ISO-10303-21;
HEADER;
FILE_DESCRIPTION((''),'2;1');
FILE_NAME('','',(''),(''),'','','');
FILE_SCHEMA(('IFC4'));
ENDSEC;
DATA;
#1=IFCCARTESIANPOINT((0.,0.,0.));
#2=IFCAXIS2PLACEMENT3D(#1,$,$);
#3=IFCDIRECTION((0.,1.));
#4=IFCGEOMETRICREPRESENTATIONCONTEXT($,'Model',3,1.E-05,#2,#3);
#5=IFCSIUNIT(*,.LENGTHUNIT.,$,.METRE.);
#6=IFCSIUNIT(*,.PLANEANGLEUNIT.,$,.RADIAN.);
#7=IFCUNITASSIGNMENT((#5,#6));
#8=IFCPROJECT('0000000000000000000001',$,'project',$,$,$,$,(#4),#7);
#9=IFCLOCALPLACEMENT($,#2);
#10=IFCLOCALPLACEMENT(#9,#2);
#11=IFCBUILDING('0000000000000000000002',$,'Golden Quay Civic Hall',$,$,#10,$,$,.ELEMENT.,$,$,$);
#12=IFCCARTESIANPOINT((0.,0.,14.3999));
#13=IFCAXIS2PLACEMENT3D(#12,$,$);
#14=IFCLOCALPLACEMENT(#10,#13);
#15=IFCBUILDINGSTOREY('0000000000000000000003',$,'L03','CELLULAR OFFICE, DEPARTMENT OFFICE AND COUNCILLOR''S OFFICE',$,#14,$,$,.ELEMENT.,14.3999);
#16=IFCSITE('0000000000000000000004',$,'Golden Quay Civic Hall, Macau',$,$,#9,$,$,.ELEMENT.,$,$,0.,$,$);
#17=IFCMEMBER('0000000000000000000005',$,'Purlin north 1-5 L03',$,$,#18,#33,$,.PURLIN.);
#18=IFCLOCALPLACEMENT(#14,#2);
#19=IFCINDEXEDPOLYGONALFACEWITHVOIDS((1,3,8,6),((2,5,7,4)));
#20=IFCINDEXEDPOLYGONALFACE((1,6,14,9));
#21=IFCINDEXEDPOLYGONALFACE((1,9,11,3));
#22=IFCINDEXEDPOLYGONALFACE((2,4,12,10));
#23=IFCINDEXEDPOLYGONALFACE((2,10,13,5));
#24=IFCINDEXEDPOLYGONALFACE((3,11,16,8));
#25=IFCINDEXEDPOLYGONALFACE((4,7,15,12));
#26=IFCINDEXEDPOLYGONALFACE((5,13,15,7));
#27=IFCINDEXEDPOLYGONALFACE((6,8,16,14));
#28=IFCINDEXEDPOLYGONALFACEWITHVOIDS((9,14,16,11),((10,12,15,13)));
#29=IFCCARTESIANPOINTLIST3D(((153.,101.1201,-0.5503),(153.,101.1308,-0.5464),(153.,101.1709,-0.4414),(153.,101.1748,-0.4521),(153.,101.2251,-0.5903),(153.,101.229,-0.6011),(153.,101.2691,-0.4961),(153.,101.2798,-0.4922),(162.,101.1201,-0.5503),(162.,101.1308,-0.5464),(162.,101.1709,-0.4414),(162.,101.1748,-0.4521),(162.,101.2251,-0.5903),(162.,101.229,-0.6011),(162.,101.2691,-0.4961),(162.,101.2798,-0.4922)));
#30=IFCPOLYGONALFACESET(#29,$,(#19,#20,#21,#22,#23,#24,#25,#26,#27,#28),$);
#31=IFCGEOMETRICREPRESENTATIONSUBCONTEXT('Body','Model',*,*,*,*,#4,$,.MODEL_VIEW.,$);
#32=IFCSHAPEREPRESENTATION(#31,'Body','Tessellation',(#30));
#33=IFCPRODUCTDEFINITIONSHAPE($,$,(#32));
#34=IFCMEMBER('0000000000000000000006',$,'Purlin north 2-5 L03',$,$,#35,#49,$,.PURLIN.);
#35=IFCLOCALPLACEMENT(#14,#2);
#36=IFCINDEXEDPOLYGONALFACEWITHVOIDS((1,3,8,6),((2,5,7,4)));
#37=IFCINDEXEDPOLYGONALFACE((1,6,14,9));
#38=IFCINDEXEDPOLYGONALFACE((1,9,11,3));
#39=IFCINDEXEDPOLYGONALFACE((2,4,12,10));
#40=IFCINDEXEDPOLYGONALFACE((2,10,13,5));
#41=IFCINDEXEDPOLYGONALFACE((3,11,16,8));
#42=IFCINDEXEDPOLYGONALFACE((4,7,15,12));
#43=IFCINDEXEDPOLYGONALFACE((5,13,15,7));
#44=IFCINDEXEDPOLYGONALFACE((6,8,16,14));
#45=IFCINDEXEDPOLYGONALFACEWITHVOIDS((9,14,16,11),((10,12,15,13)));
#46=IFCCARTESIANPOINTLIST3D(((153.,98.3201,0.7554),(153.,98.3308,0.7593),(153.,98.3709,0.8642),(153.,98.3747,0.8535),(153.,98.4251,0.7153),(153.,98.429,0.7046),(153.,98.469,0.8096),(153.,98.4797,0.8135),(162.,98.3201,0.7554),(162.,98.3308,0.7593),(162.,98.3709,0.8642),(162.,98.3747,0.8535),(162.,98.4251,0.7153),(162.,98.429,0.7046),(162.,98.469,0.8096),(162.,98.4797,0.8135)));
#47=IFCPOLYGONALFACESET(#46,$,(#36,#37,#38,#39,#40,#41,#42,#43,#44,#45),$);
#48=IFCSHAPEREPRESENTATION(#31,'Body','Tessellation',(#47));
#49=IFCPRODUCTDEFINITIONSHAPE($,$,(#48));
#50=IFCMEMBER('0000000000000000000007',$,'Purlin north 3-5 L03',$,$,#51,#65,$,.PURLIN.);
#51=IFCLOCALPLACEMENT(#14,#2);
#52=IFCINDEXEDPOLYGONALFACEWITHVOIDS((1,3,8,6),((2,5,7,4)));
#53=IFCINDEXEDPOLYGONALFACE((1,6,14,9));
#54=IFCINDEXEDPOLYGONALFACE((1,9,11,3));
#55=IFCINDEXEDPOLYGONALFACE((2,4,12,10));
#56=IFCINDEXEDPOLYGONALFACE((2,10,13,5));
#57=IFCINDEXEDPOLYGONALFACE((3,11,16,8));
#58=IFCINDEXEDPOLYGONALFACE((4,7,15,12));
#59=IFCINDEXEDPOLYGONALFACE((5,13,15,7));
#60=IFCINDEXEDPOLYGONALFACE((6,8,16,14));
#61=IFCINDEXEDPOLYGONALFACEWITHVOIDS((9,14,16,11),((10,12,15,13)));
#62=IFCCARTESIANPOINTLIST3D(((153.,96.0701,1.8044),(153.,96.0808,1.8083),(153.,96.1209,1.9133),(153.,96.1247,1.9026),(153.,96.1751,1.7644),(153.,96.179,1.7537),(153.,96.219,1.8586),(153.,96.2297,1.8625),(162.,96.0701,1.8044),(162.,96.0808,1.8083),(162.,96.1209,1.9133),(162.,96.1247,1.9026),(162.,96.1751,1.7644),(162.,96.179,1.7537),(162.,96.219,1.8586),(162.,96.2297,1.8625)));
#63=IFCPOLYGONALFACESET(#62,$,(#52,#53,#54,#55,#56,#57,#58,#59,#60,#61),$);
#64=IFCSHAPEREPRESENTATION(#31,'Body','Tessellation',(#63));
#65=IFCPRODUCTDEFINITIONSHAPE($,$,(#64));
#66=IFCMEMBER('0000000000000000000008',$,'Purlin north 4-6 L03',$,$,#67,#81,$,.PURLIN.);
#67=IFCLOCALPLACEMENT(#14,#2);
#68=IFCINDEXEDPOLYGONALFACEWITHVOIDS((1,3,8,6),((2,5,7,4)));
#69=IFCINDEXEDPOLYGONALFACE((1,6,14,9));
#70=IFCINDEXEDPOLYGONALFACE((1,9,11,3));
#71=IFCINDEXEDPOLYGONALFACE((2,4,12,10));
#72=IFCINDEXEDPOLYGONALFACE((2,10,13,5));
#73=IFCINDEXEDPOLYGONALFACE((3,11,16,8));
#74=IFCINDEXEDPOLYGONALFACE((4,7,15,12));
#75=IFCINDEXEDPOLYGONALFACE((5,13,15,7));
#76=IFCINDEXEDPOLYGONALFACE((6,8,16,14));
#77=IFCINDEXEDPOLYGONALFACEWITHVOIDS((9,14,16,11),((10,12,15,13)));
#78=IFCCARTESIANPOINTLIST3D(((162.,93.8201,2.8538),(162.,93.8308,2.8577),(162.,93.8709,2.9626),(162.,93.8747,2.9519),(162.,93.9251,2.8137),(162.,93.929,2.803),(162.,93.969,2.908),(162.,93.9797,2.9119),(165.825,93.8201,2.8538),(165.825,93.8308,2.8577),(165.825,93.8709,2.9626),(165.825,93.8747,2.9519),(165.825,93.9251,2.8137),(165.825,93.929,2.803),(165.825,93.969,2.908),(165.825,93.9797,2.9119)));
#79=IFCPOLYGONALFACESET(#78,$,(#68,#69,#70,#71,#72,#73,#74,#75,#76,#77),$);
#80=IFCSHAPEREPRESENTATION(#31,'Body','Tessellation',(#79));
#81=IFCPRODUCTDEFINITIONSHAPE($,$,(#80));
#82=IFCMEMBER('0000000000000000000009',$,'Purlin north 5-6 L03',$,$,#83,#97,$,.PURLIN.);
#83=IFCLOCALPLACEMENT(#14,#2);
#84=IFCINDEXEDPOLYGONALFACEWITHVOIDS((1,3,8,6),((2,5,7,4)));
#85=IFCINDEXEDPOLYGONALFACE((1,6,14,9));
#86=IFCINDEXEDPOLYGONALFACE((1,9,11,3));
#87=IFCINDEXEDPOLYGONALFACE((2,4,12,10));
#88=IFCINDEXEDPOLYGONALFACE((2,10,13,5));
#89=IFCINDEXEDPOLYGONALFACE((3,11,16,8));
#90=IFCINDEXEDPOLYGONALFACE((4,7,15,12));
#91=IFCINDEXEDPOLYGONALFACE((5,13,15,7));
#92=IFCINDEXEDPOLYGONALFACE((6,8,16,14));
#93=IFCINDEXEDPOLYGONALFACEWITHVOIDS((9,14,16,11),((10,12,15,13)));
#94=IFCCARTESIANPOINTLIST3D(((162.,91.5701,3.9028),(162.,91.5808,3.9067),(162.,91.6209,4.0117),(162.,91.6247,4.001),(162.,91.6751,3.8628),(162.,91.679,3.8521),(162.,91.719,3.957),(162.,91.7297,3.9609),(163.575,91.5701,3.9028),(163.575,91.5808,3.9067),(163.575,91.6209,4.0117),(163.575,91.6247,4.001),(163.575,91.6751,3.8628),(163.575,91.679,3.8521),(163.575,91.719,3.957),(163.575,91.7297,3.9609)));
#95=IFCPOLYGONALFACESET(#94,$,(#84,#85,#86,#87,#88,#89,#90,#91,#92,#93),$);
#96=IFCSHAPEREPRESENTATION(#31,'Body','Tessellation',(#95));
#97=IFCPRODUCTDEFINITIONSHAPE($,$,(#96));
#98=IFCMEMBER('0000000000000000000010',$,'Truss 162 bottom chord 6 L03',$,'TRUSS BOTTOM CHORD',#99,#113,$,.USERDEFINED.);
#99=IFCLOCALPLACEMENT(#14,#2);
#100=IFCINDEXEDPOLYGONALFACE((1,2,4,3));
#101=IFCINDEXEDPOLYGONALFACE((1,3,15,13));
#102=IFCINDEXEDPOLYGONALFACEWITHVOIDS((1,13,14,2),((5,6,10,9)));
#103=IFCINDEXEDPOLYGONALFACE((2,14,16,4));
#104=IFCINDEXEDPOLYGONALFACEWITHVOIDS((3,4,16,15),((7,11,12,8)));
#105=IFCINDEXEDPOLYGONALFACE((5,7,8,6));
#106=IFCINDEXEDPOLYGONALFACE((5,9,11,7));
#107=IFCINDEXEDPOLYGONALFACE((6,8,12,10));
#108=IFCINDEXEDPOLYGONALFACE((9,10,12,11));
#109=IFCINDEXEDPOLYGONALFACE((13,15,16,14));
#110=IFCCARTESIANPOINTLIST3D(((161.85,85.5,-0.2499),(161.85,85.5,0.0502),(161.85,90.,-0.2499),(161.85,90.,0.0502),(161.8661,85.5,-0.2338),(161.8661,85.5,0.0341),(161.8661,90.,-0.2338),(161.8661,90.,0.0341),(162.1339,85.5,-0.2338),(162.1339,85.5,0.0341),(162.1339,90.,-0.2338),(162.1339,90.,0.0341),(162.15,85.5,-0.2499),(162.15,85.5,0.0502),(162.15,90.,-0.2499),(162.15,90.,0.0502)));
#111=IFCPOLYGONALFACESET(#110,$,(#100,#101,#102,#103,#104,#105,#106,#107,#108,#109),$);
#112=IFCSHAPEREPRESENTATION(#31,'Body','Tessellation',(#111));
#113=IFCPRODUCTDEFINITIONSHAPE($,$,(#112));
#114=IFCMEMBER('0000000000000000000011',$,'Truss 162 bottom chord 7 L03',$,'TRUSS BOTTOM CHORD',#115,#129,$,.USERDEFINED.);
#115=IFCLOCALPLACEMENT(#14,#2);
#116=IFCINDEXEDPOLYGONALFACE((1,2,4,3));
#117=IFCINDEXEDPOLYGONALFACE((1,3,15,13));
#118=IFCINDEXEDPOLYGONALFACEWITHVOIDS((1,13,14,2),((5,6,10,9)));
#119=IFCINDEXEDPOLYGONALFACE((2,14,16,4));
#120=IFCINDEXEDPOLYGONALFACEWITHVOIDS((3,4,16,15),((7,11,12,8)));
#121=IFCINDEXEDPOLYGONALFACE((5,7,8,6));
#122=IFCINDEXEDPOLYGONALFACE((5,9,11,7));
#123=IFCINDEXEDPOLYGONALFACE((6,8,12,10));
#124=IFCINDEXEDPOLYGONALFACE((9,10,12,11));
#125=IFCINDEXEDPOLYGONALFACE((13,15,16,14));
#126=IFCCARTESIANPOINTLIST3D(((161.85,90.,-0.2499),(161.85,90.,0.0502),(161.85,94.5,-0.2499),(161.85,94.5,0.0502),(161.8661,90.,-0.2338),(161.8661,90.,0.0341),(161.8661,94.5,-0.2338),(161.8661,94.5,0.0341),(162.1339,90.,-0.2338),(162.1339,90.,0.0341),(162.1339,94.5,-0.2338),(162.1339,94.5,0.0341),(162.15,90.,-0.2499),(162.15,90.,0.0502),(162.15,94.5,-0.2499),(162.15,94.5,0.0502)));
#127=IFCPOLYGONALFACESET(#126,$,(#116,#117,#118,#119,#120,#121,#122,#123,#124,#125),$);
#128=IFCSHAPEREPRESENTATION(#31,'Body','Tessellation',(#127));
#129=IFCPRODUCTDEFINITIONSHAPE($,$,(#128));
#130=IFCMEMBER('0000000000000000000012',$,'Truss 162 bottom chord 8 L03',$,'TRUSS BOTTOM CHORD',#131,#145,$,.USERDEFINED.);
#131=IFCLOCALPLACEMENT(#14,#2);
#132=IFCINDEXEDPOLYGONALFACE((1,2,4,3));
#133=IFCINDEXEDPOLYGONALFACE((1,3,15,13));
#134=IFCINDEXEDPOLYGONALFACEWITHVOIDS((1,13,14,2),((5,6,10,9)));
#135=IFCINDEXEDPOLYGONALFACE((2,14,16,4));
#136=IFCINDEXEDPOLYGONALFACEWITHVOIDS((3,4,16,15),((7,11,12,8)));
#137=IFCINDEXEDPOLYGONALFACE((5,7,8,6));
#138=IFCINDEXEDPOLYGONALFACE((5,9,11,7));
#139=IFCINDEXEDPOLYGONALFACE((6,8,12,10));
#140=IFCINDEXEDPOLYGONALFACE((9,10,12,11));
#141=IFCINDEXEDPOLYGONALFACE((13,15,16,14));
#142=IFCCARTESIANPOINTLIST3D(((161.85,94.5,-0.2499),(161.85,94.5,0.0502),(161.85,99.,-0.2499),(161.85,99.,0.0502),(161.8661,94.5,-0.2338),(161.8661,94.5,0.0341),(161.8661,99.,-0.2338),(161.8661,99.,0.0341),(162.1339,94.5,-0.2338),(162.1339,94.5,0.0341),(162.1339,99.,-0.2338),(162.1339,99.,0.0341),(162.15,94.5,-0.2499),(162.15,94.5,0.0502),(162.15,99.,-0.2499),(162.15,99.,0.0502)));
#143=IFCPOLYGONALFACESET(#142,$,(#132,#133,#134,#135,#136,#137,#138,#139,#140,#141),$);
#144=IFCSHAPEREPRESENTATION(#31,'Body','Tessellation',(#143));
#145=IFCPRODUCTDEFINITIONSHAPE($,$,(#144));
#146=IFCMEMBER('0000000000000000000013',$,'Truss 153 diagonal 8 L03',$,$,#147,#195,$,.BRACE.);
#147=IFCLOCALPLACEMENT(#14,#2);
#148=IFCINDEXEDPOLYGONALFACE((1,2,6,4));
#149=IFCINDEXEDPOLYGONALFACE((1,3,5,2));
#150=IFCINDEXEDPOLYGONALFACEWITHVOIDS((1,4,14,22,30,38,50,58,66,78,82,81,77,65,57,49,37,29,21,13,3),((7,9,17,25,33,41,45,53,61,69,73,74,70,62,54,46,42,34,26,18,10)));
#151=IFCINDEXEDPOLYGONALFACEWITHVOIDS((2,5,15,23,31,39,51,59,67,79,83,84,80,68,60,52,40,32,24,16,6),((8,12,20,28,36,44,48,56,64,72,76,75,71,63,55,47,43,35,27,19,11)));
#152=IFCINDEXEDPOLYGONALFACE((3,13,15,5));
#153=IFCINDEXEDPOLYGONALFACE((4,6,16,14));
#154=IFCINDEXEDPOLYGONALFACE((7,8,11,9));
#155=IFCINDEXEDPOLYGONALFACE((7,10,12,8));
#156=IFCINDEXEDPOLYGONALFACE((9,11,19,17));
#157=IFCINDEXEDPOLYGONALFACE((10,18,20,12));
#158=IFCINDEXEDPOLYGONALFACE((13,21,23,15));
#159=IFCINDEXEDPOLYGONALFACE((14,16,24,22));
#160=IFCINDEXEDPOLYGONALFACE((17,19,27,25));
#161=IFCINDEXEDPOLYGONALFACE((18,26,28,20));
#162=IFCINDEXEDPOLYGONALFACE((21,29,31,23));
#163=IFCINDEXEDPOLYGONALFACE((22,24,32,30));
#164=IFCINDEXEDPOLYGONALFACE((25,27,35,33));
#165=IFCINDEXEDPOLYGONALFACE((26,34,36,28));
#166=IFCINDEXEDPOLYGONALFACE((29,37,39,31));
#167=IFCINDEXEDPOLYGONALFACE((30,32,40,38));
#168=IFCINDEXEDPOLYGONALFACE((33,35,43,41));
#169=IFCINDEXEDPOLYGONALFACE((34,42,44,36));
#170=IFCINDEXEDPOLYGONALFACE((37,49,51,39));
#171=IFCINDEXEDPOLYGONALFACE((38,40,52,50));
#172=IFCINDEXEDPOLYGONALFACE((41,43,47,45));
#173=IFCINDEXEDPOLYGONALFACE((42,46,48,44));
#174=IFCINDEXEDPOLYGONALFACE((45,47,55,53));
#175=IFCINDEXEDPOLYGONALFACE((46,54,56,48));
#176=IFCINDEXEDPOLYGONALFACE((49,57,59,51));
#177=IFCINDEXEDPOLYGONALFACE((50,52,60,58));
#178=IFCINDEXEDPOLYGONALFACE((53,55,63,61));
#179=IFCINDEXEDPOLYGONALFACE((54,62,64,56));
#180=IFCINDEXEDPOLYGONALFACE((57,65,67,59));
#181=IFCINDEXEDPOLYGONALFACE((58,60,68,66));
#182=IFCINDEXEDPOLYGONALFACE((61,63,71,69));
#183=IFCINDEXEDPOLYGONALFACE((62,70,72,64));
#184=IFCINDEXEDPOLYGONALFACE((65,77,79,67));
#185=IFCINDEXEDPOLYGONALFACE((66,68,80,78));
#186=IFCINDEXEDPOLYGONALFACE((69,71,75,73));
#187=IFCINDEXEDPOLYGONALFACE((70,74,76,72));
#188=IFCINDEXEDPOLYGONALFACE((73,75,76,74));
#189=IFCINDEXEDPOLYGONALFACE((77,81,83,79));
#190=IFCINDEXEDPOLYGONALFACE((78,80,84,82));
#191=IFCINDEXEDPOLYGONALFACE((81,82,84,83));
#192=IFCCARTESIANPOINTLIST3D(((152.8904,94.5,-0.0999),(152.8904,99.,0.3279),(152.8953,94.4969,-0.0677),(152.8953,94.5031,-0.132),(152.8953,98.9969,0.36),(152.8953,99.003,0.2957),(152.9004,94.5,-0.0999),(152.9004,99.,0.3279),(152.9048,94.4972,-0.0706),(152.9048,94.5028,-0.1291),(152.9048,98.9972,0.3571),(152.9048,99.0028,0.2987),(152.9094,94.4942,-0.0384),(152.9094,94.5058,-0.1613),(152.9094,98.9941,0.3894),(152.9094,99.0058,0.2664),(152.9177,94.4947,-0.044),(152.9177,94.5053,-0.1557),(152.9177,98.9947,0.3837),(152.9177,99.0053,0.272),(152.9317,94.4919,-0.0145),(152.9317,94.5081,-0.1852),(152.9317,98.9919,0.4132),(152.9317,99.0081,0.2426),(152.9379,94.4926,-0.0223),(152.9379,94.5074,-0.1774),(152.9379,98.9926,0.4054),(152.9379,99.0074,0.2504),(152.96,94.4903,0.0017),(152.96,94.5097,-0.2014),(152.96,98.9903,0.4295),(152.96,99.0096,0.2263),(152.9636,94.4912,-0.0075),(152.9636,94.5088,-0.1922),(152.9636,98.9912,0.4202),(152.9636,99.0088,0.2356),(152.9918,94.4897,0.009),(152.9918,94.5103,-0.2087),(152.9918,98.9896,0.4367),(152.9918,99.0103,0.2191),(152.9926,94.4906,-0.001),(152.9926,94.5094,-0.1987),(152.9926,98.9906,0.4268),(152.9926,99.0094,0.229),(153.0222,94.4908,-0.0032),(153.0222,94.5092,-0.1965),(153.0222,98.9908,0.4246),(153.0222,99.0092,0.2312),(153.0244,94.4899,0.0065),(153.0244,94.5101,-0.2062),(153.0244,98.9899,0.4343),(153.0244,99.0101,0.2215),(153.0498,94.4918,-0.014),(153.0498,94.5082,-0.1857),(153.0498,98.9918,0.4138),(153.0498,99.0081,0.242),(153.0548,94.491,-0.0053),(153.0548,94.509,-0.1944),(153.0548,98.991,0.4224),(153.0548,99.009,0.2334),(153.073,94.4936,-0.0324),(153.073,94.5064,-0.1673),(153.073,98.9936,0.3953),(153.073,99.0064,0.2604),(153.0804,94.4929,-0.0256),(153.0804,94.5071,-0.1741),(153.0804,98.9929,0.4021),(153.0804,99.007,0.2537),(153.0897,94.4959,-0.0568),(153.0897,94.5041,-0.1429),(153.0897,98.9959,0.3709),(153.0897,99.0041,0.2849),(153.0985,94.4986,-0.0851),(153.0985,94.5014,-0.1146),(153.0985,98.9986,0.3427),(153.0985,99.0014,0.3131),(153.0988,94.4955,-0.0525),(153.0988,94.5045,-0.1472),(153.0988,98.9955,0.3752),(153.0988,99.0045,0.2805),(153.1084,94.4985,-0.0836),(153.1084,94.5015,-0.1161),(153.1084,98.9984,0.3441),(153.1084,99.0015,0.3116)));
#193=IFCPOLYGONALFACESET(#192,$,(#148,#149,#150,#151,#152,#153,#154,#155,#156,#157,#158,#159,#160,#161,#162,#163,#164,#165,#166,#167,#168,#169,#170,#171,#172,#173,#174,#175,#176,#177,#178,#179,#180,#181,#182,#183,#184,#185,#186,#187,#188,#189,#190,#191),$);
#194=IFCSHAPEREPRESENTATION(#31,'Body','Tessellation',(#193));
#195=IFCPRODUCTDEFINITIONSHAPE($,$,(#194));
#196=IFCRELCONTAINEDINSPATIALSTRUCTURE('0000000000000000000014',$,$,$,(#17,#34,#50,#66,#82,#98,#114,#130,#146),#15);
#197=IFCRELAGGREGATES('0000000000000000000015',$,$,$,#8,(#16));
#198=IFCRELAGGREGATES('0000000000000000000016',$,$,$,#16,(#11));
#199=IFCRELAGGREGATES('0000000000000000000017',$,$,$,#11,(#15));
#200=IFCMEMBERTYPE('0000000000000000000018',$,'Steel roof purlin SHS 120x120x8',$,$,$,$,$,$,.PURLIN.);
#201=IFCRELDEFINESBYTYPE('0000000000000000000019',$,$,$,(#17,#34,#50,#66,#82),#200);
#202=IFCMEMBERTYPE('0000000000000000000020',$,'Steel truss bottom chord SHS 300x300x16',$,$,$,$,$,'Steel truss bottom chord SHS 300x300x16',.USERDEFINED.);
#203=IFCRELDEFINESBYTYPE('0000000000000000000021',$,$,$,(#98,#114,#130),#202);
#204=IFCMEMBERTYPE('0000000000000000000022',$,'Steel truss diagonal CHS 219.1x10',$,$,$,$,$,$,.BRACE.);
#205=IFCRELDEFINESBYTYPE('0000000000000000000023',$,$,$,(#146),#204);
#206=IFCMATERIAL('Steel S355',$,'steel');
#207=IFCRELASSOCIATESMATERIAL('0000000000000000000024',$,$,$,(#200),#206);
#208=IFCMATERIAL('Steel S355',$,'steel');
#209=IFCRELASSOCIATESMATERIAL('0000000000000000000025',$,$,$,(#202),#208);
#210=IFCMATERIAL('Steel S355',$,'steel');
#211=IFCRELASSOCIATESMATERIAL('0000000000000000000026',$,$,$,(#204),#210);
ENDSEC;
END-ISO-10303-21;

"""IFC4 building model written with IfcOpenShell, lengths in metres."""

from ifc_helpers import new_model, si_unit, direction, frame, origin, origin_2d, place, context, subcontext, project, spatial, hollow_rectangle, hollow_circle, extrude, material, material_profile, profile_set, type_object, element, save


model = new_model("IFC4")

# Units and contexts
model_context = context("Model", 3, precision=1e-05, world=origin(), true_north=direction((0.0, 1.0)))
body_context = subcontext(model_context, "Body", "Model", "MODEL_VIEW")
ifc_project = project(units=[si_unit("LENGTHUNIT", "METRE"), si_unit("PLANEANGLEUNIT", "RADIAN")], contexts=[model_context])

# Site, building, storey
site_placement = place(None, origin())
site = spatial("IfcSite", under=ifc_project, at=site_placement, Name="Golden Quay Civic Hall, Macau", CompositionType="ELEMENT", RefElevation=0.0)
building_placement = place(site_placement, origin())
building = spatial("IfcBuilding", under=site, at=building_placement, Name="Golden Quay Civic Hall", CompositionType="ELEMENT")
storey_placement = place(building_placement, frame((0.0, 0.0, 14.3999)))
storey = spatial("IfcBuildingStorey", under=building, at=storey_placement, Name="L03", Description="CELLULAR OFFICE, DEPARTMENT OFFICE AND COUNCILLOR'S OFFICE", CompositionType="ELEMENT", Elevation=14.3999)

# Members
ifc_material_1 = material(Name="Steel S355", Category="steel")
ifc_material_profile_1 = material_profile(ifc_material_1, hollow_rectangle(XDim=0.1201, YDim=0.1201, WallThickness=0.0081, at=origin_2d()), Name="SHS 120x120x8")
ifc_profile_set_1 = profile_set([ifc_material_profile_1], Name="Steel S355")
member_type_1 = type_object("IfcMemberType", Name="Steel roof purlin SHS 120x120x8", PredefinedType="PURLIN", material=ifc_profile_set_1)
for number, where, z_axis, x_axis, name in (
    (1, (153.0, 101.2, -0.5212), (1.0, 0.0, 0.0), (0.0, 0.906308, -0.422618), "Purlin north 1-5 L03"),
    (2, (153.0, 98.3999, 0.7844), (1.0, 0.0, 0.0), (0.0, 0.906308, -0.422618), "Purlin north 2-5 L03"),
    (3, (153.0, 96.1499, 1.8335), (1.0, 0.0, 0.0), (0.0, 0.906308, -0.422618), "Purlin north 3-5 L03"),
):
    element("IfcMember", number, at=place(storey_placement, frame(where, z_axis=z_axis, x_axis=x_axis)), inside=storey, type_object=member_type_1, Name=name, PredefinedType="PURLIN", context=body_context, shape_type="SweptSolid", body=[
        extrude(hollow_rectangle(XDim=0.1201, YDim=0.1201, WallThickness=0.0081, at=origin_2d()), origin(), (0.0, 0.0, 1.0), 9.0),
    ])
member_1_placement = place(storey_placement, frame((162.0, 93.8999, 2.8828), z_axis=(1.0, 0.0, 0.0), x_axis=(0.0, 0.906308, -0.422618)))
element("IfcMember", 4, at=member_1_placement, inside=storey, type_object=member_type_1, Name="Purlin north 4-6 L03", PredefinedType="PURLIN", context=body_context, shape_type="SweptSolid", body=[
    extrude(hollow_rectangle(XDim=0.1201, YDim=0.1201, WallThickness=0.0081, at=origin_2d()), origin(), (0.0, 0.0, 1.0), 3.825),
])
member_2_placement = place(storey_placement, frame((162.0, 91.6499, 3.9319), z_axis=(1.0, 0.0, 0.0), x_axis=(0.0, 0.906308, -0.422618)))
element("IfcMember", 5, at=member_2_placement, inside=storey, type_object=member_type_1, Name="Purlin north 5-6 L03", PredefinedType="PURLIN", context=body_context, shape_type="SweptSolid", body=[
    extrude(hollow_rectangle(XDim=0.1201, YDim=0.1201, WallThickness=0.0081, at=origin_2d()), origin(), (0.0, 0.0, 1.0), 1.575),
])
ifc_material_2 = material(Name="Steel S355", Category="steel")
ifc_material_profile_2 = material_profile(ifc_material_2, hollow_rectangle(XDim=0.3, YDim=0.3, WallThickness=0.0161, at=origin_2d()), Name="SHS 300x300x16")
ifc_profile_set_2 = profile_set([ifc_material_profile_2], Name="Steel S355")
member_type_2 = type_object("IfcMemberType", Name="Steel truss bottom chord SHS 300x300x16", ElementType="Steel truss bottom chord SHS 300x300x16", PredefinedType="USERDEFINED", material=ifc_profile_set_2)
for number, where, z_axis, x_axis, name in (
    (6, (162.0, 85.5, -0.0999), (0.0, 1.0, 0.0), (-1.0, 0.0, 0.0), "Truss 162 bottom chord 6 L03"),
    (7, (162.0, 90.0, -0.0999), (0.0, 1.0, 0.0), (-1.0, 0.0, 0.0), "Truss 162 bottom chord 7 L03"),
    (8, (162.0, 94.5, -0.0999), (0.0, 1.0, 0.0), (-1.0, 0.0, 0.0), "Truss 162 bottom chord 8 L03"),
):
    element("IfcMember", number, at=place(storey_placement, frame(where, z_axis=z_axis, x_axis=x_axis)), inside=storey, type_object=member_type_2, Name=name, ObjectType="TRUSS BOTTOM CHORD", PredefinedType="USERDEFINED", context=body_context, shape_type="SweptSolid", body=[
        extrude(hollow_rectangle(XDim=0.3, YDim=0.3, WallThickness=0.0161, at=origin_2d()), origin(), (0.0, 0.0, 1.0), 4.5),
    ])
ifc_material_3 = material(Name="Steel S355", Category="steel")
ifc_material_profile_3 = material_profile(ifc_material_3, hollow_circle(Radius=0.1096, WallThickness=0.01, at=origin_2d()), Name="CHS 219.1x10")
ifc_profile_set_3 = profile_set([ifc_material_profile_3], Name="Steel S355")
member_type_3 = type_object("IfcMemberType", Name="Steel truss diagonal CHS 219.1x10", PredefinedType="BRACE", material=ifc_profile_set_3)
member_3_placement = place(storey_placement, frame((153.0, 94.5, -0.0999), z_axis=(0.0, 0.995513, 0.094626), x_axis=(-1.0, 0.0, 0.0)))
element("IfcMember", 9, at=member_3_placement, inside=storey, type_object=member_type_3, Name="Truss 153 diagonal 8 L03", PredefinedType="BRACE", context=body_context, shape_type="SweptSolid", body=[
    extrude(hollow_circle(Radius=0.1096, WallThickness=0.01, at=origin_2d()), origin(), (0.0, 0.0, 1.0), 4.5203),
])

save(model, "model.ifc")
